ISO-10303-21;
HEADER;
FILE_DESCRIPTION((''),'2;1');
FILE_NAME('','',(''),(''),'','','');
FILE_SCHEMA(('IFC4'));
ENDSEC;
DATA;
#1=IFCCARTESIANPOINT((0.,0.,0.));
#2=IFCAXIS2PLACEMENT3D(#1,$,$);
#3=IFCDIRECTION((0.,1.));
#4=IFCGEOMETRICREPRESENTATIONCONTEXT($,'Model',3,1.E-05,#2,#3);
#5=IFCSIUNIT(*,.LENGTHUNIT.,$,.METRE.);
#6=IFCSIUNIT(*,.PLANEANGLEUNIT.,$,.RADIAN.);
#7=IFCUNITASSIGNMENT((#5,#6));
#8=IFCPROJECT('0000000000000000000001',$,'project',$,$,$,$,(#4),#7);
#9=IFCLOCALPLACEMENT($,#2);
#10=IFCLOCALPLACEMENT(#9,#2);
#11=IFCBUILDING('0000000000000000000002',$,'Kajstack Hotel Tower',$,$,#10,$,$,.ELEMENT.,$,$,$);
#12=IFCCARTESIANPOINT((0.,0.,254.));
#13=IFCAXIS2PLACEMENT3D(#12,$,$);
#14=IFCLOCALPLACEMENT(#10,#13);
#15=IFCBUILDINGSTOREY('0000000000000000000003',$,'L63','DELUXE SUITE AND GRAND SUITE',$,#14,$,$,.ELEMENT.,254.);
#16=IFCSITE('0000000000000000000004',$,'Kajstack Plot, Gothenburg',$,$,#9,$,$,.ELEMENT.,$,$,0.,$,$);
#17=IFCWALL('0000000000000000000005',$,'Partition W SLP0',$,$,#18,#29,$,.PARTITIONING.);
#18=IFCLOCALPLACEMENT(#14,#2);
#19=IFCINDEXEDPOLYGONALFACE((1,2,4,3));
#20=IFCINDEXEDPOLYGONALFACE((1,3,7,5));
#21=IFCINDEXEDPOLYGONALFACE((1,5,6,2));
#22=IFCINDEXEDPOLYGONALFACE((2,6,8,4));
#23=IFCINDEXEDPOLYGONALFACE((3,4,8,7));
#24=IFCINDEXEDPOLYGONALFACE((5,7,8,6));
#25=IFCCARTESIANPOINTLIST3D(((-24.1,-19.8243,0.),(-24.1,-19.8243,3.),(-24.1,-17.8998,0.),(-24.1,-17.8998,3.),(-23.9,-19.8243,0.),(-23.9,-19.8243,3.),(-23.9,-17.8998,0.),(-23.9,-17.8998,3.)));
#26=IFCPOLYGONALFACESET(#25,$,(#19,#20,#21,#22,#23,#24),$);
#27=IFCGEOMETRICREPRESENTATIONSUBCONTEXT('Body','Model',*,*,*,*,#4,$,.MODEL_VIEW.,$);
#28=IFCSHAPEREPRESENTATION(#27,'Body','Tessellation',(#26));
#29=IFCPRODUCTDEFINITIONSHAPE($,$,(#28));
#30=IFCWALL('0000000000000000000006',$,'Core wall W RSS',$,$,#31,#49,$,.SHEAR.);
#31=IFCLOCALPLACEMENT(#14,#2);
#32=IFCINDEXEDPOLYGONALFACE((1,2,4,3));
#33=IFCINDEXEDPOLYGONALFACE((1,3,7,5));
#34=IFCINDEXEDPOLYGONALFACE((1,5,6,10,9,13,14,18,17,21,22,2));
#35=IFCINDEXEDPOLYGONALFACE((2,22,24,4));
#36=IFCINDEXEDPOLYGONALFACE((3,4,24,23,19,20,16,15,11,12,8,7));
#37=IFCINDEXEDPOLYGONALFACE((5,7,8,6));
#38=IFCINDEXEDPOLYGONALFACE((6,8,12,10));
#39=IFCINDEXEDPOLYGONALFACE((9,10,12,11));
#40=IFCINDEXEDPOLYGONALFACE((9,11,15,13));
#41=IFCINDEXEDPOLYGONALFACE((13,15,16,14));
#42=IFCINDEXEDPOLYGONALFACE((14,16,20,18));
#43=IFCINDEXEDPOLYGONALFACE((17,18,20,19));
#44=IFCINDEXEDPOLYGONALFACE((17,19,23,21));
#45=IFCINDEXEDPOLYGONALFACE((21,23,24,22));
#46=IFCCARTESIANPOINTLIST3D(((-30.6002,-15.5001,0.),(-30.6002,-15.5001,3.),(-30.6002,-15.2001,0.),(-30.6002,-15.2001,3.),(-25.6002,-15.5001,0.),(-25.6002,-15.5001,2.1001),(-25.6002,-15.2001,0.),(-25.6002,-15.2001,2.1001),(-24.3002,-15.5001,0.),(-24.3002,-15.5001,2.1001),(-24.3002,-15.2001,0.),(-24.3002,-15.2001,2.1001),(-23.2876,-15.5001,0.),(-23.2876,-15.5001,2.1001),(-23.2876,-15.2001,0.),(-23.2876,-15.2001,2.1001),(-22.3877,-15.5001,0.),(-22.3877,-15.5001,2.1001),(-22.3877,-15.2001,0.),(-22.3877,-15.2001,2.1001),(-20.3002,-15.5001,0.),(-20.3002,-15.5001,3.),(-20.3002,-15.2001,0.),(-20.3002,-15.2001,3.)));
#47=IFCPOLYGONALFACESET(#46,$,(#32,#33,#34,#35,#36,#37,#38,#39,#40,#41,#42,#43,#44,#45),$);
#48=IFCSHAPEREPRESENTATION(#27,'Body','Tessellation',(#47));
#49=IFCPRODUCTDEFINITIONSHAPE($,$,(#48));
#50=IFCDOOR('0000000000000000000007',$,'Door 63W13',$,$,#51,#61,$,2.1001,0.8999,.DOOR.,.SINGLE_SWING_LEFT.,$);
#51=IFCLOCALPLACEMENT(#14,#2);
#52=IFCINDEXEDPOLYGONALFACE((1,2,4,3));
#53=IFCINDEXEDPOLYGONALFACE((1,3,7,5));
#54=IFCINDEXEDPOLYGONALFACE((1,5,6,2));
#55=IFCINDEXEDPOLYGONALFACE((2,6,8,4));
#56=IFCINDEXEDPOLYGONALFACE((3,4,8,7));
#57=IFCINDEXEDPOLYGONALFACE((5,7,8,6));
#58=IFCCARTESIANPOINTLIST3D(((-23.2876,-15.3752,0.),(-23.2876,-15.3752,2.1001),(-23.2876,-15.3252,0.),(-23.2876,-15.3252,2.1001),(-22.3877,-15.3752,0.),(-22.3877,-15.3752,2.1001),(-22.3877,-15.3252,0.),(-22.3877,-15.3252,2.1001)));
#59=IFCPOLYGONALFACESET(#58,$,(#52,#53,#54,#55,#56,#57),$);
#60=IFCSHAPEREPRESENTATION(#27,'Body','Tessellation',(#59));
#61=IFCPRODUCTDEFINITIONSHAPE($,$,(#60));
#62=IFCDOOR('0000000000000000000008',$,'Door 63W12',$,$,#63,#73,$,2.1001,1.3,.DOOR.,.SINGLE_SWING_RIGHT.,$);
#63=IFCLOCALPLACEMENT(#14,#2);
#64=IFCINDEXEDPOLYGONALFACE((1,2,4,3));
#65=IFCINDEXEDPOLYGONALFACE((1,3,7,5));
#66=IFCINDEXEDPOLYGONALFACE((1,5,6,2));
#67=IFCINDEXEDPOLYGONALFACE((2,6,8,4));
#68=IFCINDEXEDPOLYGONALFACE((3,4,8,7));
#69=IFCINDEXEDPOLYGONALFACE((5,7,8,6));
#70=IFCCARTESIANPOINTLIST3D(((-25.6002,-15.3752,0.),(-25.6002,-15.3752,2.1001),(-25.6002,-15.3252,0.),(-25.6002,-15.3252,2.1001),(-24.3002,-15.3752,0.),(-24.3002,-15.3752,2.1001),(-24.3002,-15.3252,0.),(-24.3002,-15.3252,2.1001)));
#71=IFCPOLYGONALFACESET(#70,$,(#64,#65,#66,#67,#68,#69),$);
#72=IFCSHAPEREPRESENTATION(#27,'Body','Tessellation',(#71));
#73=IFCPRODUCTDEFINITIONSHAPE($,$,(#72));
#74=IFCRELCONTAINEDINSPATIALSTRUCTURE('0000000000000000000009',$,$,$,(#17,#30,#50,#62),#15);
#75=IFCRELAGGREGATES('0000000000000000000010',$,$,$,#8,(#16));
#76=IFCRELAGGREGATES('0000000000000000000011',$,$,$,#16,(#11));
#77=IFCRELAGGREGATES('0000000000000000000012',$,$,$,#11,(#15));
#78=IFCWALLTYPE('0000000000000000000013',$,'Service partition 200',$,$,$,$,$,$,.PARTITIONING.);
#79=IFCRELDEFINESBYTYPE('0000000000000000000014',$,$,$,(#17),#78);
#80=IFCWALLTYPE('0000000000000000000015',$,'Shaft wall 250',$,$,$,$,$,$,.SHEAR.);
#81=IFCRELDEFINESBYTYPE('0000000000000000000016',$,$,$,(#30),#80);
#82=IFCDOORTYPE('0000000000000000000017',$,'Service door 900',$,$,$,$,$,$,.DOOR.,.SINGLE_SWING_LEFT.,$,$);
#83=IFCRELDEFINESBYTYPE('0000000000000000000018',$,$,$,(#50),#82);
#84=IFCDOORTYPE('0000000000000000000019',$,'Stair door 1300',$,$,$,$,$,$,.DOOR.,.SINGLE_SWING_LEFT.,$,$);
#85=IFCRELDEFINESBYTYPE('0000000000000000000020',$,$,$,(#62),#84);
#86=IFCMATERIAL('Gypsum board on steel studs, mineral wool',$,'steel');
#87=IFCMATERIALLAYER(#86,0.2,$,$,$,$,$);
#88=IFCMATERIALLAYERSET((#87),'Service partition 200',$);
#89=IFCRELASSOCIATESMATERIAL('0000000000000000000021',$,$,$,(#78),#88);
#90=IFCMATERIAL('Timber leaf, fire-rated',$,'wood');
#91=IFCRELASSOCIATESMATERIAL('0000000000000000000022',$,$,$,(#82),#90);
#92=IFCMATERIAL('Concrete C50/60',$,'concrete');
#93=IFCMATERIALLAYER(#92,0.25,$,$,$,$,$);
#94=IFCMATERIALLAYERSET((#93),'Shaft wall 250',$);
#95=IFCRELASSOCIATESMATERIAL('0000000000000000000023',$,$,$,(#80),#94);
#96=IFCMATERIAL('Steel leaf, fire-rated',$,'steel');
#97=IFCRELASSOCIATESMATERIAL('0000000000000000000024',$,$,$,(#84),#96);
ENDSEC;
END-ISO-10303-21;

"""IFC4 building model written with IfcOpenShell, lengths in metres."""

from ifc_helpers import new_model, si_unit, direction, frame, frame_2d, origin, place, context, subcontext, project, spatial, rectangle, extrude, material, layer, layer_set, type_object, element, fill, save


model = new_model("IFC4")

# Units and contexts
model_context = context("Model", 3, precision=1e-05, world=origin(), true_north=direction((0.0, 1.0)))
body_context = subcontext(model_context, "Body", "Model", "MODEL_VIEW")
ifc_project = project(units=[si_unit("LENGTHUNIT", "METRE"), si_unit("PLANEANGLEUNIT", "RADIAN")], contexts=[model_context])

# Site, building, storey
site_placement = place(None, origin())
site = spatial("IfcSite", under=ifc_project, at=site_placement, Name="Kajstack Plot, Gothenburg", CompositionType="ELEMENT", RefElevation=0.0)
building_placement = place(site_placement, origin())
building = spatial("IfcBuilding", under=site, at=building_placement, Name="Kajstack Hotel Tower", CompositionType="ELEMENT")
storey_placement = place(building_placement, frame((0.0, 0.0, 254.0)))
storey = spatial("IfcBuildingStorey", under=building, at=storey_placement, Name="L63", Description="DELUXE SUITE AND GRAND SUITE", CompositionType="ELEMENT", Elevation=254.0)

# Shared definitions
ifc_material_1 = material(Name="Gypsum board on steel studs, mineral wool", Category="steel")
ifc_layer_1 = layer(ifc_material_1, 0.2)
ifc_layer_set_1 = layer_set([ifc_layer_1], Name="Service partition 200")
wall_type_1 = type_object("IfcWallType", Name="Service partition 200", PredefinedType="PARTITIONING", material=ifc_layer_set_1)
ifc_material_2 = material(Name="Timber leaf, fire-rated", Category="wood")
door_type_1 = type_object("IfcDoorType", Name="Service door 900", OperationType="SINGLE_SWING_LEFT", PredefinedType="DOOR", material=ifc_material_2)

# Wall
wall_1_placement = place(storey_placement, frame((-24.0, -19.8245, 0.0), z_axis=(0.0, 0.0, 1.0), x_axis=(0.0, 1.0, 0.0)))
element("IfcWall", 1, at=wall_1_placement, inside=storey, type_object=wall_type_1, Name="Partition W SLP0", PredefinedType="PARTITIONING", context=body_context, shape_type="SweptSolid", body=[
    extrude(rectangle(XDim=1.9246, YDim=0.2, at=frame_2d((0.9624, 0.0))), origin(), (0.0, 0.0, 1.0), 3.0),
])

# Wall, openings, doors
ifc_material_3 = material(Name="Concrete C50/60", Category="concrete")
ifc_layer_2 = layer(ifc_material_3, 0.25)
ifc_layer_set_2 = layer_set([ifc_layer_2], Name="Shaft wall 250")
wall_type_2 = type_object("IfcWallType", Name="Shaft wall 250", PredefinedType="SHEAR", material=ifc_layer_set_2)
wall_2_placement = place(storey_placement, frame((-30.6001, -15.3501, 0.0), z_axis=(0.0, 0.0, 1.0), x_axis=(1.0, 0.0, 0.0)))
wall_2 = element("IfcWall", 2, at=wall_2_placement, inside=storey, type_object=wall_type_2, Name="Core wall W RSS", PredefinedType="SHEAR", context=body_context, shape_type="SweptSolid", body=[
    extrude(rectangle(XDim=10.3, YDim=0.3, at=frame_2d((5.1499, 0.0))), origin(), (0.0, 0.0, 1.0), 3.0),
])
opening_1_placement = place(wall_2_placement, frame((5.0, 0.0, 0.0)))
opening_1 = element("IfcOpeningElement", 3, at=opening_1_placement, cuts=wall_2, PredefinedType="OPENING", context=body_context, shape_type="SweptSolid", body=[
    extrude(rectangle(XDim=1.3, YDim=2.1001, at=frame_2d((0.6499, 1.05))), frame((0.0, 0.1599, 0.0), z_axis=(0.0, -1.0, 0.0), x_axis=(1.0, 0.0, 0.0)), (0.0, 0.0, 1.0), 0.3201),
])
opening_2_placement = place(wall_2_placement, frame((7.3125, 0.0, 0.0)))
opening_2 = element("IfcOpeningElement", 4, at=opening_2_placement, cuts=wall_2, PredefinedType="OPENING", context=body_context, shape_type="SweptSolid", body=[
    extrude(rectangle(XDim=0.8999, YDim=2.1001, at=frame_2d((0.45, 1.05))), frame((0.0, 0.1599, 0.0), z_axis=(0.0, -1.0, 0.0), x_axis=(1.0, 0.0, 0.0)), (0.0, 0.0, 1.0), 0.3201),
])
door_1_placement = place(opening_2_placement, origin())
door_1 = element("IfcDoor", 5, at=door_1_placement, inside=storey, type_object=door_type_1, Name="Door 63W13", OperationType="SINGLE_SWING_LEFT", OverallHeight=2.1001, OverallWidth=0.8999, PredefinedType="DOOR", context=body_context, shape_type="SweptSolid", body=[
    extrude(rectangle(XDim=0.8999, YDim=2.1001, at=frame_2d((0.45, 1.05))), frame((0.0, 0.0249, 0.0), z_axis=(0.0, -1.0, 0.0), x_axis=(1.0, 0.0, 0.0)), (0.0, 0.0, 1.0), 0.05),
])
fill(opening_2, door_1)
ifc_material_4 = material(Name="Steel leaf, fire-rated", Category="steel")
door_type_2 = type_object("IfcDoorType", Name="Stair door 1300", OperationType="SINGLE_SWING_LEFT", PredefinedType="DOOR", material=ifc_material_4)
door_2_placement = place(opening_1_placement, origin())
door_2 = element("IfcDoor", 6, at=door_2_placement, inside=storey, type_object=door_type_2, Name="Door 63W12", OperationType="SINGLE_SWING_RIGHT", OverallHeight=2.1001, OverallWidth=1.3, PredefinedType="DOOR", context=body_context, shape_type="SweptSolid", body=[
    extrude(rectangle(XDim=1.3, YDim=2.1001, at=frame_2d((0.6499, 1.05))), frame((0.0, 0.0249, 0.0), z_axis=(0.0, -1.0, 0.0), x_axis=(1.0, 0.0, 0.0)), (0.0, 0.0, 1.0), 0.05),
])
fill(opening_1, door_2)

save(model, "model.ifc")
